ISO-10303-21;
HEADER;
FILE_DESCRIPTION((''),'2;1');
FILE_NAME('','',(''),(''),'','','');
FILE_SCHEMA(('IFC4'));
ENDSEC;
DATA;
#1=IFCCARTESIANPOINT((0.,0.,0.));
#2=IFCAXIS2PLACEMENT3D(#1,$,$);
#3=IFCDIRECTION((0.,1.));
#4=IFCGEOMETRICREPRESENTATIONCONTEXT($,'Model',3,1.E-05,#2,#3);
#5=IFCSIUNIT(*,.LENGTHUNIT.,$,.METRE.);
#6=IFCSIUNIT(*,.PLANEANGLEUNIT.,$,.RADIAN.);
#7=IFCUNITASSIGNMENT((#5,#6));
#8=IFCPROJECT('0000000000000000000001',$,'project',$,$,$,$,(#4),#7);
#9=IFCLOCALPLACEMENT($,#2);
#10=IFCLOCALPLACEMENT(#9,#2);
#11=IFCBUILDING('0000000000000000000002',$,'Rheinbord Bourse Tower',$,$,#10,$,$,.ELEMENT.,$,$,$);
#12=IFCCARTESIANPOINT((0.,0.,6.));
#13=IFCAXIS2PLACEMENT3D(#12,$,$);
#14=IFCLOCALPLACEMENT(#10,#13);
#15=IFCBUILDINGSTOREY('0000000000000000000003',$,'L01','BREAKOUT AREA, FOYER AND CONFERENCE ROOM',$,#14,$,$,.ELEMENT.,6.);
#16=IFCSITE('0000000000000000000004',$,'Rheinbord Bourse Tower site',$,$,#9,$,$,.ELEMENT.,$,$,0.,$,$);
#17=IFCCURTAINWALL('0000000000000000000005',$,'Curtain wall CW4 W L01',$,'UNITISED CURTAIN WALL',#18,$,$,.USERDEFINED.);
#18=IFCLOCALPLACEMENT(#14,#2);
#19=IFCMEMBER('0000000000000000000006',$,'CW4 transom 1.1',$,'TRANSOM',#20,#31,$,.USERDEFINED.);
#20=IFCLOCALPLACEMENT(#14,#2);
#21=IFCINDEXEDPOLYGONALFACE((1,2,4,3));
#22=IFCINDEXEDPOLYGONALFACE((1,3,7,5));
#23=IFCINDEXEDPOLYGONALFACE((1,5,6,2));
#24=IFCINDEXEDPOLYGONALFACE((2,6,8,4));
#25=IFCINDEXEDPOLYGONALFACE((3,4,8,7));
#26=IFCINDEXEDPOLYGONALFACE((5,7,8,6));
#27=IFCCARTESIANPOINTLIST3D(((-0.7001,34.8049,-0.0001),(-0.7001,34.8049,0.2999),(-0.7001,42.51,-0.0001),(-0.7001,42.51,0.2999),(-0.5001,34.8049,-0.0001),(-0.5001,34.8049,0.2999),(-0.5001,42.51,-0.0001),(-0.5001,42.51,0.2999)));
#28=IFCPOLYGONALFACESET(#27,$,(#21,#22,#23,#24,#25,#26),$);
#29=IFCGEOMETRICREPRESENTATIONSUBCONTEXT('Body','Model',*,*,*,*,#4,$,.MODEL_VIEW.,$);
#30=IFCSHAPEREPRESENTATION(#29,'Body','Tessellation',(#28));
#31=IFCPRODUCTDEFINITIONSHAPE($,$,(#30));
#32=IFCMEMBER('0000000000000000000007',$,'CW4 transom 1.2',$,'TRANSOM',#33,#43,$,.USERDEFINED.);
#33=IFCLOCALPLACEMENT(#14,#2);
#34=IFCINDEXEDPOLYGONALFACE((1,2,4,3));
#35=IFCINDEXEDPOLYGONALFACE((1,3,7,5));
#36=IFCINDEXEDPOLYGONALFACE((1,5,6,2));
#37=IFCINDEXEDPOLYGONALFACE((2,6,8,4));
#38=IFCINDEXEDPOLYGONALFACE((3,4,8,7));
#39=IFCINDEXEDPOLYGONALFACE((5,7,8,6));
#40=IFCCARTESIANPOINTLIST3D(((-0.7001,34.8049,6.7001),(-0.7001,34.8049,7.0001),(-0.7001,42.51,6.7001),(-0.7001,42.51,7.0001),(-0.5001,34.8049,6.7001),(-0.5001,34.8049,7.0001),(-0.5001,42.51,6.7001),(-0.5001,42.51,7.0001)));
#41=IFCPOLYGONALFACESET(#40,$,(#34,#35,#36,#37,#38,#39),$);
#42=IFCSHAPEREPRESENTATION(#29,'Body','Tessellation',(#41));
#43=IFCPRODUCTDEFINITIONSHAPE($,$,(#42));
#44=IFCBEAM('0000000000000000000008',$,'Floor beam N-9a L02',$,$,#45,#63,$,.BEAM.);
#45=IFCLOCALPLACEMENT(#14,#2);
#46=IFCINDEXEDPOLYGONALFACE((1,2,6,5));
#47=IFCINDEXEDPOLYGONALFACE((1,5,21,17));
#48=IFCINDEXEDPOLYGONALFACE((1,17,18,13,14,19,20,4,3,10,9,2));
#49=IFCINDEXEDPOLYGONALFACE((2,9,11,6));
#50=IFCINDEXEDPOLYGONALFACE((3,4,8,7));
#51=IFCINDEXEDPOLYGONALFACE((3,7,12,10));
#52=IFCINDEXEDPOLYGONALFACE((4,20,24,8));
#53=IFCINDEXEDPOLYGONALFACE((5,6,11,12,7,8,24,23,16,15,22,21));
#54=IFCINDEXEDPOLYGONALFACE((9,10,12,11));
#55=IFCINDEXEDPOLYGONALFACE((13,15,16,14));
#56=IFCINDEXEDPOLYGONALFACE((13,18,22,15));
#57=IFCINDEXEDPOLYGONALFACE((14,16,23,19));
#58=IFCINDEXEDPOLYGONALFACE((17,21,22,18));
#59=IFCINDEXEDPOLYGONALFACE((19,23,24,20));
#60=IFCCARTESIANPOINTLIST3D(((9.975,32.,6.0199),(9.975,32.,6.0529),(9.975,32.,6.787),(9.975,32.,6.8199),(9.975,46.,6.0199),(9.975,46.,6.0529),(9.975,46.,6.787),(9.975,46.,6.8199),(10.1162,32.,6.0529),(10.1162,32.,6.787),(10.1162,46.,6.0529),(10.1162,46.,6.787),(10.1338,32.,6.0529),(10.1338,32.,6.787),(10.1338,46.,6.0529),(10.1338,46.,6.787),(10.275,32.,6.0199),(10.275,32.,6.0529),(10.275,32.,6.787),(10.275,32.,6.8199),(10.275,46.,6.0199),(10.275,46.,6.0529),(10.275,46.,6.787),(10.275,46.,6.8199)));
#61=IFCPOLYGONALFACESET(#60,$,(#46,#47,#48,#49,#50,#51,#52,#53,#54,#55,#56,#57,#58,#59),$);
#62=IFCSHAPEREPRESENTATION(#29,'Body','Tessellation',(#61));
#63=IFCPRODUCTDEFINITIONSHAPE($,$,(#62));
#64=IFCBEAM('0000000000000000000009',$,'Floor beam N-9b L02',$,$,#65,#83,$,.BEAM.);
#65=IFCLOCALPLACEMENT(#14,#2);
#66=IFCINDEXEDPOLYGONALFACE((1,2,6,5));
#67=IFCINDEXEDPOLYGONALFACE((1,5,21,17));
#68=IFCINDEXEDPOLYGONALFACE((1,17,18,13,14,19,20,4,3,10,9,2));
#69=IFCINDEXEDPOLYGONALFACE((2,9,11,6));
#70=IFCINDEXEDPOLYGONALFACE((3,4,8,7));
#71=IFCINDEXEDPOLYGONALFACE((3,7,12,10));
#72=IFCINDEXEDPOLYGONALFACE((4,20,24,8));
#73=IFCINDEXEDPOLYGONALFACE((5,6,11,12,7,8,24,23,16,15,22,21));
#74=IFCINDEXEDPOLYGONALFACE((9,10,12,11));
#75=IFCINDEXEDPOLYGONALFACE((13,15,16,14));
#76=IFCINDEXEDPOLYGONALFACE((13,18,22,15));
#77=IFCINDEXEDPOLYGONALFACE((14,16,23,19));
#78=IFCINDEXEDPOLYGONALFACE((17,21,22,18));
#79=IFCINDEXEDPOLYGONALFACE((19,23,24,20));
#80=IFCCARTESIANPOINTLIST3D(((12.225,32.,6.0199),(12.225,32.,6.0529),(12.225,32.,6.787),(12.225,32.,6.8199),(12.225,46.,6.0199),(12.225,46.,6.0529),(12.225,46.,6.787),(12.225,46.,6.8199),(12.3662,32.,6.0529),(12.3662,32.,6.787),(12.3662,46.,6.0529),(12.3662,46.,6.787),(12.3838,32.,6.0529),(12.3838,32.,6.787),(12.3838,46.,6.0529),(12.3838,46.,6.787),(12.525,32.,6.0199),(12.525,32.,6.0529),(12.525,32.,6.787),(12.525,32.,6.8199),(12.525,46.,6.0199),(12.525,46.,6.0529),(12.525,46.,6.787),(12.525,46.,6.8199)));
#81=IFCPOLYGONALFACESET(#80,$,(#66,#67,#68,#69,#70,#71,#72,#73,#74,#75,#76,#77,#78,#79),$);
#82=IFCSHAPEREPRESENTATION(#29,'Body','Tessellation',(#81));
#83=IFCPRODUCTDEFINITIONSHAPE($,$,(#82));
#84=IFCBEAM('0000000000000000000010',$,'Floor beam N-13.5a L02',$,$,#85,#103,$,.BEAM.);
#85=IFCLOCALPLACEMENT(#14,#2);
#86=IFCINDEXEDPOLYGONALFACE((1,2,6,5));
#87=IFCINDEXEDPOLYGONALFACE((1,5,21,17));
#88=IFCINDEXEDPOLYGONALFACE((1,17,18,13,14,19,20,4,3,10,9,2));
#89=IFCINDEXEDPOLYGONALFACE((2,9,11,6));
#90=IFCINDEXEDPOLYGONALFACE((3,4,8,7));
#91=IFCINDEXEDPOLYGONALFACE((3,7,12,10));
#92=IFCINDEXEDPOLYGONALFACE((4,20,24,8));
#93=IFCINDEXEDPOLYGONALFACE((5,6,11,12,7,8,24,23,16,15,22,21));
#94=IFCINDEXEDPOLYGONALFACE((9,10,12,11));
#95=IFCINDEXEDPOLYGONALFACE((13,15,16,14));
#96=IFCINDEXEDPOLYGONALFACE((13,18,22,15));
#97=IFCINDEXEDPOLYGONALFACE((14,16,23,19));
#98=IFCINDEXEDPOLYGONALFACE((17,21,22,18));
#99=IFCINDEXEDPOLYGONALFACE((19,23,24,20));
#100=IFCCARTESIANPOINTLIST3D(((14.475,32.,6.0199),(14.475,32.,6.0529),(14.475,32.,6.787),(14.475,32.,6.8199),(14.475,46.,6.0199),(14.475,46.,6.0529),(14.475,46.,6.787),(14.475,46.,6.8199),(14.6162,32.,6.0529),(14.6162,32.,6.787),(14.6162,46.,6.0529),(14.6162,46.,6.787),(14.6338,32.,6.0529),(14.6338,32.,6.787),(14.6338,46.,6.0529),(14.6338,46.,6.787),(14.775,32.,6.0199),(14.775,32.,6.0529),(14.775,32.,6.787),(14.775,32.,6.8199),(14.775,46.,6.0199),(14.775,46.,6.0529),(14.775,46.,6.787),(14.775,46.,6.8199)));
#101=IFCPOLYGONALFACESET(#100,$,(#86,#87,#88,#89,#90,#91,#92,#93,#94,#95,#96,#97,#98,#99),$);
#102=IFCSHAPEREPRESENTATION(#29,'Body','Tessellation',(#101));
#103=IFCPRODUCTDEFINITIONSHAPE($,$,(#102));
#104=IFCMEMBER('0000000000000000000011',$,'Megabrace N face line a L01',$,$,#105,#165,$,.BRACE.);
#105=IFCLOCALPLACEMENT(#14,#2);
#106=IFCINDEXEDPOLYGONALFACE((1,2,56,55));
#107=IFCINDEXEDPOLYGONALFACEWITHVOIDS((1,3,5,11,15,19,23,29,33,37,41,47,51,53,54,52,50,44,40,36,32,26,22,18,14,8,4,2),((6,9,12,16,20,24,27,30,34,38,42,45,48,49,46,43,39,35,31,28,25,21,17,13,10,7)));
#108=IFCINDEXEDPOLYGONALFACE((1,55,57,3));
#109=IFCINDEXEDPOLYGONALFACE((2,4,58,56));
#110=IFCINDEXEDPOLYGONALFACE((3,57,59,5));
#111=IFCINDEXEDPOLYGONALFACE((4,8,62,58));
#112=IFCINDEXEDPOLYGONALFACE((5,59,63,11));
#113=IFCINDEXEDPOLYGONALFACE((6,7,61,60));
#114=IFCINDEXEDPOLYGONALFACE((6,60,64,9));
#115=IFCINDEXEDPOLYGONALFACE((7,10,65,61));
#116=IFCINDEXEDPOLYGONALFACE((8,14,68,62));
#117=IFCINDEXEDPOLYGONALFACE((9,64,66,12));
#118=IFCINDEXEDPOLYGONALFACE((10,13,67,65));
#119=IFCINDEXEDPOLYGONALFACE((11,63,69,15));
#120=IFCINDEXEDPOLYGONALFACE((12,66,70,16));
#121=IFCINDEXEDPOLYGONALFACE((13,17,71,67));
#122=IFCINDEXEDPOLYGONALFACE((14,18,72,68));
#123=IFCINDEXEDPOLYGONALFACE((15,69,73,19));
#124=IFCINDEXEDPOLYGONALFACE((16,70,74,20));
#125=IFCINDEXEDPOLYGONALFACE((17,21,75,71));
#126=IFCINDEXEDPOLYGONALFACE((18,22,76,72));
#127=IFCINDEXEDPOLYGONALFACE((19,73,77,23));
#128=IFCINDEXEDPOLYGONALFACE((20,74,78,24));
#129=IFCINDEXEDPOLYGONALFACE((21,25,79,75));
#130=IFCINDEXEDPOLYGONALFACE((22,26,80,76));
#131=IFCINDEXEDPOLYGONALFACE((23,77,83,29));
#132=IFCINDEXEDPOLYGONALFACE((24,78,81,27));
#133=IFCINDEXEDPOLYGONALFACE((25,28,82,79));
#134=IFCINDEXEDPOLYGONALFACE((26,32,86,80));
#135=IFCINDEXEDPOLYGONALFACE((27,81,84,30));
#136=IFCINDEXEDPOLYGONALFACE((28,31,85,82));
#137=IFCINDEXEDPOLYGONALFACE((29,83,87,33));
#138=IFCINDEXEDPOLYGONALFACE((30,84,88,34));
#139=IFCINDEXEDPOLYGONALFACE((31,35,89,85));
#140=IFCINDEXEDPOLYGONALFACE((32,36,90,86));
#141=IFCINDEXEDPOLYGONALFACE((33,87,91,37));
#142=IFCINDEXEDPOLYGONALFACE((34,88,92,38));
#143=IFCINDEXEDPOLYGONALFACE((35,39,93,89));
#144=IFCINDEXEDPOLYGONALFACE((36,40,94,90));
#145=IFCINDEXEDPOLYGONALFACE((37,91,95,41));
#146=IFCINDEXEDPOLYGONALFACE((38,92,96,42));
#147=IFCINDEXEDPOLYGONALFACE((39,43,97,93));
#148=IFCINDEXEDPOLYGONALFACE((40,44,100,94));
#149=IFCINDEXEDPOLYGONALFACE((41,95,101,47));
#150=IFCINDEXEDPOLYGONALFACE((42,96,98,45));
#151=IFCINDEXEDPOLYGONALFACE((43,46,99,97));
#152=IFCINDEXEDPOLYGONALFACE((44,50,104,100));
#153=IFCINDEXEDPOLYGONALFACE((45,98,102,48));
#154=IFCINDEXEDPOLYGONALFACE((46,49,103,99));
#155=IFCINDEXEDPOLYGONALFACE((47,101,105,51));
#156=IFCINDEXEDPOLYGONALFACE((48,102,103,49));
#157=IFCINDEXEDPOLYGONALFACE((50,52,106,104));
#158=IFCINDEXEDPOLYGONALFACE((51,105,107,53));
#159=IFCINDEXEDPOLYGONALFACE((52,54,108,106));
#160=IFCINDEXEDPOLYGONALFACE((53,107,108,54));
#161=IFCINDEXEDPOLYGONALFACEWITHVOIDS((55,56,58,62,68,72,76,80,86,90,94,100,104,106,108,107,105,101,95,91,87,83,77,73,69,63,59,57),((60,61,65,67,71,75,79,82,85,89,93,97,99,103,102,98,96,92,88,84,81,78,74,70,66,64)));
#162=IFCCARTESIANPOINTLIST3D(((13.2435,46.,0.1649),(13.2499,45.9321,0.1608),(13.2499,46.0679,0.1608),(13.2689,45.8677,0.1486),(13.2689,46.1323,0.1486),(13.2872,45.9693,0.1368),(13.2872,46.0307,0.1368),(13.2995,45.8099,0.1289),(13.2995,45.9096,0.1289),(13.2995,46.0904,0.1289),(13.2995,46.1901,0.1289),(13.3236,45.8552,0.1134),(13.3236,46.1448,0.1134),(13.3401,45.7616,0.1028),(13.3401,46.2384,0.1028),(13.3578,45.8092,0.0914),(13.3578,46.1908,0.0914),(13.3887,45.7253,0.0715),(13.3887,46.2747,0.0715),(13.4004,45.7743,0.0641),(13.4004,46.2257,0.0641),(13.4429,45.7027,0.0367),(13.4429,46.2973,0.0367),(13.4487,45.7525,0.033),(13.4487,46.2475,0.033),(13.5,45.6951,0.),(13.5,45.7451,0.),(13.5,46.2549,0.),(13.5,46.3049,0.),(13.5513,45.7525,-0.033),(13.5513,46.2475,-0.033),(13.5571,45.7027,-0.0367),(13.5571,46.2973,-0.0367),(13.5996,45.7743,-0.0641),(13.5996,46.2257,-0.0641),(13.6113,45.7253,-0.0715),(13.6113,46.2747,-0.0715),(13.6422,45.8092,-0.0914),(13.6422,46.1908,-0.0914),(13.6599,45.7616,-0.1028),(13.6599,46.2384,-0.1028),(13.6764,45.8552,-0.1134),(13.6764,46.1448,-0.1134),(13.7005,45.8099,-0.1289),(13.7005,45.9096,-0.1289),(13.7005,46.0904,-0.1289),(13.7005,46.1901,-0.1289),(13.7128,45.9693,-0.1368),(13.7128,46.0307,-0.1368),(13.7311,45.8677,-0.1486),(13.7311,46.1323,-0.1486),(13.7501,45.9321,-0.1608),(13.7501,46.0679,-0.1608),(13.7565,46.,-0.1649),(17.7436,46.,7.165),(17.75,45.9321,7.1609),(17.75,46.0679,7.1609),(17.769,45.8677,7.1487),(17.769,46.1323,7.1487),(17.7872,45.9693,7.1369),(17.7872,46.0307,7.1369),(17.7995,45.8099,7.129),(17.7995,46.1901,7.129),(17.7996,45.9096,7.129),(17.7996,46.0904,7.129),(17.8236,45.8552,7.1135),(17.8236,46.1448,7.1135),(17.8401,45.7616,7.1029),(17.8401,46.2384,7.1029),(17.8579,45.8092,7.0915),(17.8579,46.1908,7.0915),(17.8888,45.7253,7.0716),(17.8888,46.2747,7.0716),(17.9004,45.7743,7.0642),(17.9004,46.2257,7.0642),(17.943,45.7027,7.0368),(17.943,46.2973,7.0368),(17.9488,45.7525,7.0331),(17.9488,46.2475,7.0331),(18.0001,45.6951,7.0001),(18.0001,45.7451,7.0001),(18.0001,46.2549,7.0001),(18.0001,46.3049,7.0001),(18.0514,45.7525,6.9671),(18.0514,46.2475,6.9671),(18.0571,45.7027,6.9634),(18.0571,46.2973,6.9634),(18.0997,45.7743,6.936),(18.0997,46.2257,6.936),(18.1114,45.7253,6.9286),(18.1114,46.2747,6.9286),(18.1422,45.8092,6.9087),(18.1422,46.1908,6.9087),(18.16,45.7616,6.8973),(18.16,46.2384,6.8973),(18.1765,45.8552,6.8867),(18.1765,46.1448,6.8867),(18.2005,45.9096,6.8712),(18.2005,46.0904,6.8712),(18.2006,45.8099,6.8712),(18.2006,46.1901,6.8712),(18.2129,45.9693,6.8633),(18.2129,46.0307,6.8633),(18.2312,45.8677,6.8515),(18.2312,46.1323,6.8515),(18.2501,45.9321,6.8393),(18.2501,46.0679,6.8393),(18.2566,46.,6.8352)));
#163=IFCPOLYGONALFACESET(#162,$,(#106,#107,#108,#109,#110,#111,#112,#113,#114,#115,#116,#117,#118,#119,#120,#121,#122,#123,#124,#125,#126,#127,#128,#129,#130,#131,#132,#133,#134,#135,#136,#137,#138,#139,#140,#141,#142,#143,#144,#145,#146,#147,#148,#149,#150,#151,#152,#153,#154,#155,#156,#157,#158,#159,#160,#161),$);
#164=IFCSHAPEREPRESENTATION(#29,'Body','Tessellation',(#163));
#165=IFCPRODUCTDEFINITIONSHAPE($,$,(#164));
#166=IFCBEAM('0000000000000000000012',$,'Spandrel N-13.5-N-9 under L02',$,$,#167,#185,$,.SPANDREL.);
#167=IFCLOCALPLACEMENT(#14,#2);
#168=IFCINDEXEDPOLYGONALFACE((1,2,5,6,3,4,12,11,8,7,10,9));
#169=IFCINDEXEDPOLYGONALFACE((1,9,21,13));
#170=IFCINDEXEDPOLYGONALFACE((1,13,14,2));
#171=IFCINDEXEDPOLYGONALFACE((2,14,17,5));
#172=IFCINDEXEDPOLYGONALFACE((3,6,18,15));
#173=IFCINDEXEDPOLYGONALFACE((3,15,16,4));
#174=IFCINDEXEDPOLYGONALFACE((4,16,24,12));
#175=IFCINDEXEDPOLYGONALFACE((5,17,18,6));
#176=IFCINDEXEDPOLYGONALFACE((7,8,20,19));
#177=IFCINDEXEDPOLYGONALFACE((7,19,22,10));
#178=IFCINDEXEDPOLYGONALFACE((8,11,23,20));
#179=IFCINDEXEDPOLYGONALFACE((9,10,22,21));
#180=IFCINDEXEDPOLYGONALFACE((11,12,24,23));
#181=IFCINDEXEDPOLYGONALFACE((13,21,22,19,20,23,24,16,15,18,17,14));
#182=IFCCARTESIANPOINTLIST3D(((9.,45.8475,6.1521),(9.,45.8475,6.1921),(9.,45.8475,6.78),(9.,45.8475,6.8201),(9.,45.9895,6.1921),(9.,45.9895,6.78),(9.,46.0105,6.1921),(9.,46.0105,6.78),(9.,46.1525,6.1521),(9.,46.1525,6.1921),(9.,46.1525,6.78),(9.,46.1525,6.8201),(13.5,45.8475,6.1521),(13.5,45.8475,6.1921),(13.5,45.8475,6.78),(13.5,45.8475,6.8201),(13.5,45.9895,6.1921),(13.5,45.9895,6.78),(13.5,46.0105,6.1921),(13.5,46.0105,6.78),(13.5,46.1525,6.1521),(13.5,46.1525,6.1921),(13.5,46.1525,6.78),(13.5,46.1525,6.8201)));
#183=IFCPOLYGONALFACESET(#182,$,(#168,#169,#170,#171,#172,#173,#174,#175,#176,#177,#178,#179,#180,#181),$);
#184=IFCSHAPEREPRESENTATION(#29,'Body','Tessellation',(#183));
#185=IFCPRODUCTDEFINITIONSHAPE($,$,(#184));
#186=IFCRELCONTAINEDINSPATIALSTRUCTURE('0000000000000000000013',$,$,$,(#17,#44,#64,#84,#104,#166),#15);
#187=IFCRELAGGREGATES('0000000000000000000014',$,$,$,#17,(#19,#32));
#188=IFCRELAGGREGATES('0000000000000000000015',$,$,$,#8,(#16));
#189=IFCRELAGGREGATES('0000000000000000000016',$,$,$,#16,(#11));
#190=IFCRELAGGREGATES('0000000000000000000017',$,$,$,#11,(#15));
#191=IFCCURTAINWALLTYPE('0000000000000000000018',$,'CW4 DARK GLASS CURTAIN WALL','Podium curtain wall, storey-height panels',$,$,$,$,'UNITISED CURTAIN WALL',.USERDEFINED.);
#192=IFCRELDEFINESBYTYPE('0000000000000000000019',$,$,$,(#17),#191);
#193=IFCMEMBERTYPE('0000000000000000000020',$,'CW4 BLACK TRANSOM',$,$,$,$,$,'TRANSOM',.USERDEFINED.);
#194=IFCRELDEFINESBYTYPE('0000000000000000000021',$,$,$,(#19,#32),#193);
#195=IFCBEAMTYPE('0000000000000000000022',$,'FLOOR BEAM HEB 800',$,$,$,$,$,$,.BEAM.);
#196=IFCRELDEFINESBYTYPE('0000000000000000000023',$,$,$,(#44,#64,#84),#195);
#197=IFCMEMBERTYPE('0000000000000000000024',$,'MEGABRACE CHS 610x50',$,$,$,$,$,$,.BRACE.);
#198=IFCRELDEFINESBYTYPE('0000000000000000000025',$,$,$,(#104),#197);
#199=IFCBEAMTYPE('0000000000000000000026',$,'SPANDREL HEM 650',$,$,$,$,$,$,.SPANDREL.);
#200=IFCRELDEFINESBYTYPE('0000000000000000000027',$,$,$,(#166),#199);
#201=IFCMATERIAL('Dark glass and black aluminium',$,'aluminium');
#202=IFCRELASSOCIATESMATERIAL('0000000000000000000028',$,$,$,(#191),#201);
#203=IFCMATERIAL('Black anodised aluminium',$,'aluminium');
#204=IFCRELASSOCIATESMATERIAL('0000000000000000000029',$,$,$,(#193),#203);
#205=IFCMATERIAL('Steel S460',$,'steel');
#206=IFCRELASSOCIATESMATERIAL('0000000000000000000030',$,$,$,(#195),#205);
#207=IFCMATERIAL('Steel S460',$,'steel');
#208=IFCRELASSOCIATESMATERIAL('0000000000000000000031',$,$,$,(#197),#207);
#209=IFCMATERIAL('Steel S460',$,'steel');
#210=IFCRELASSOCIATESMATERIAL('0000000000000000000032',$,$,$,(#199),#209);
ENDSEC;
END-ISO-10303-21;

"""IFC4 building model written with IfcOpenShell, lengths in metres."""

from ifc_helpers import new_model, si_unit, direction, frame, origin, origin_2d, place, context, subcontext, project, spatial, rectangle, hollow_circle, i_section, extrude, material, material_profile, profile_set, type_object, element, aggregate, save


model = new_model("IFC4")

# Units and contexts
model_context = context("Model", 3, precision=1e-05, world=origin(), true_north=direction((0.0, 1.0)))
body_context = subcontext(model_context, "Body", "Model", "MODEL_VIEW")
ifc_project = project(units=[si_unit("LENGTHUNIT", "METRE"), si_unit("PLANEANGLEUNIT", "RADIAN")], contexts=[model_context])

# Site, building, storey
site_placement = place(None, origin())
site = spatial("IfcSite", under=ifc_project, at=site_placement, Name="Rheinbord Bourse Tower site", CompositionType="ELEMENT", RefElevation=0.0)
building_placement = place(site_placement, origin())
building = spatial("IfcBuilding", under=site, at=building_placement, Name="Rheinbord Bourse Tower", CompositionType="ELEMENT")
storey_placement = place(building_placement, frame((0.0, 0.0, 6.0)))
storey = spatial("IfcBuildingStorey", under=building, at=storey_placement, Name="L01", Description="BREAKOUT AREA, FOYER AND CONFERENCE ROOM", CompositionType="ELEMENT", Elevation=6.0)

# Shared definitions
ifc_material_1 = material(Name="Dark glass and black aluminium", Category="aluminium")
curtain_wall_type = type_object("IfcCurtainWallType", Name="CW4 DARK GLASS CURTAIN WALL", Description="Podium curtain wall, storey-height panels", ElementType="UNITISED CURTAIN WALL", PredefinedType="USERDEFINED", material=ifc_material_1)

# Curtain wall
curtain_wall_1_placement = place(storey_placement, origin())
curtain_wall_1 = element("IfcCurtainWall", 1, at=curtain_wall_1_placement, inside=storey, type_object=curtain_wall_type, Name="Curtain wall CW4 W L01", ObjectType="UNITISED CURTAIN WALL", PredefinedType="USERDEFINED")

# Members
ifc_material_2 = material(Name="Black anodised aluminium", Category="aluminium")
ifc_material_profile_1 = material_profile(ifc_material_2, rectangle(XDim=0.2, YDim=0.3, at=origin_2d()), Name="CW4 TRANSOM 300x200")
ifc_profile_set_1 = profile_set([ifc_material_profile_1], Name="Black anodised aluminium")
member_type_1 = type_object("IfcMemberType", Name="CW4 BLACK TRANSOM", ElementType="TRANSOM", PredefinedType="USERDEFINED", material=ifc_profile_set_1)
member_1_placement = place(storey_placement, frame((-0.6001, 42.51, 0.1499), z_axis=(0.0, -1.0, 0.0), x_axis=(1.0, 0.0, 0.0)))
member_1 = element("IfcMember", 2, at=member_1_placement, type_object=member_type_1, Name="CW4 transom 1.1", ObjectType="TRANSOM", PredefinedType="USERDEFINED", context=body_context, shape_type="SweptSolid", body=[
    extrude(rectangle(XDim=0.2, YDim=0.3, at=origin_2d()), origin(), (0.0, 0.0, 1.0), 7.7051),
])
member_2_placement = place(storey_placement, frame((-0.6001, 42.51, 6.8501), z_axis=(0.0, -1.0, 0.0), x_axis=(1.0, 0.0, 0.0)))
member_2 = element("IfcMember", 3, at=member_2_placement, type_object=member_type_1, Name="CW4 transom 1.2", ObjectType="TRANSOM", PredefinedType="USERDEFINED", context=body_context, shape_type="SweptSolid", body=[
    extrude(rectangle(XDim=0.2, YDim=0.3, at=origin_2d()), origin(), (0.0, 0.0, 1.0), 7.7051),
])

# Beams
ifc_material_3 = material(Name="Steel S460", Category="steel")
ifc_material_profile_2 = material_profile(ifc_material_3, i_section(OverallWidth=0.3, OverallDepth=0.8, WebThickness=0.0176, FlangeThickness=0.033, at=origin_2d()), Name="HEB 800")
ifc_profile_set_2 = profile_set([ifc_material_profile_2], Name="Steel S460")
beam_type_1 = type_object("IfcBeamType", Name="FLOOR BEAM HEB 800", PredefinedType="BEAM", material=ifc_profile_set_2)
for number, where, z_axis, x_axis, name in (
    (4, (10.125, 46.0, 6.4199), (0.0, -1.0, 0.0), (1.0, 0.0, 0.0), "Floor beam N-9a L02"),
    (5, (12.375, 46.0, 6.4199), (0.0, -1.0, 0.0), (1.0, 0.0, 0.0), "Floor beam N-9b L02"),
    (6, (14.625, 46.0, 6.4199), (0.0, -1.0, 0.0), (1.0, 0.0, 0.0), "Floor beam N-13.5a L02"),
):
    element("IfcBeam", number, at=place(storey_placement, frame(where, z_axis=z_axis, x_axis=x_axis)), inside=storey, type_object=beam_type_1, Name=name, PredefinedType="BEAM", context=body_context, shape_type="SweptSolid", body=[
        extrude(i_section(OverallWidth=0.3, OverallDepth=0.8, WebThickness=0.0176, FlangeThickness=0.033, at=origin_2d()), origin(), (0.0, 0.0, 1.0), 14.0),
    ])

# Member
ifc_material_4 = material(Name="Steel S460", Category="steel")
ifc_material_profile_3 = material_profile(ifc_material_4, hollow_circle(Radius=0.3049, WallThickness=0.05, at=origin_2d()), Name="CHS 610x50")
ifc_profile_set_3 = profile_set([ifc_material_profile_3], Name="Steel S460")
member_type_2 = type_object("IfcMemberType", Name="MEGABRACE CHS 610x50", PredefinedType="BRACE", material=ifc_profile_set_3)
member_3_placement = place(storey_placement, frame((13.5, 46.0, 0.0), z_axis=(0.540758, 0.0, 0.841178), x_axis=(0.0, 1.0, 0.0)))
element("IfcMember", 7, at=member_3_placement, inside=storey, type_object=member_type_2, Name="Megabrace N face line a L01", PredefinedType="BRACE", context=body_context, shape_type="SweptSolid", body=[
    extrude(hollow_circle(Radius=0.3049, WallThickness=0.05, at=origin_2d()), origin(), (0.0, 0.0, 1.0), 8.3218),
])

# Beam
ifc_material_5 = material(Name="Steel S460", Category="steel")
ifc_material_profile_4 = material_profile(ifc_material_5, i_section(OverallWidth=0.3049, OverallDepth=0.668, WebThickness=0.021, FlangeThickness=0.04, at=origin_2d()), Name="HEM 650")
ifc_profile_set_4 = profile_set([ifc_material_profile_4], Name="Steel S460")
beam_type_2 = type_object("IfcBeamType", Name="SPANDREL HEM 650", PredefinedType="SPANDREL", material=ifc_profile_set_4)
for number, where, z_axis, x_axis, name in (
    (8, (13.5, 46.0, 6.4861), (-1.0, 0.0, 0.0), (0.0, -1.0, 0.0), "Spandrel N-13.5-N-9 under L02"),
):
    element("IfcBeam", number, at=place(storey_placement, frame(where, z_axis=z_axis, x_axis=x_axis)), inside=storey, type_object=beam_type_2, Name=name, PredefinedType="SPANDREL", context=body_context, shape_type="SweptSolid", body=[
        extrude(i_section(OverallWidth=0.3049, OverallDepth=0.668, WebThickness=0.021, FlangeThickness=0.04, at=origin_2d()), origin(), (0.0, 0.0, 1.0), 4.5),
    ])

aggregate(curtain_wall_1, [member_1, member_2])

save(model, "model.ifc")
